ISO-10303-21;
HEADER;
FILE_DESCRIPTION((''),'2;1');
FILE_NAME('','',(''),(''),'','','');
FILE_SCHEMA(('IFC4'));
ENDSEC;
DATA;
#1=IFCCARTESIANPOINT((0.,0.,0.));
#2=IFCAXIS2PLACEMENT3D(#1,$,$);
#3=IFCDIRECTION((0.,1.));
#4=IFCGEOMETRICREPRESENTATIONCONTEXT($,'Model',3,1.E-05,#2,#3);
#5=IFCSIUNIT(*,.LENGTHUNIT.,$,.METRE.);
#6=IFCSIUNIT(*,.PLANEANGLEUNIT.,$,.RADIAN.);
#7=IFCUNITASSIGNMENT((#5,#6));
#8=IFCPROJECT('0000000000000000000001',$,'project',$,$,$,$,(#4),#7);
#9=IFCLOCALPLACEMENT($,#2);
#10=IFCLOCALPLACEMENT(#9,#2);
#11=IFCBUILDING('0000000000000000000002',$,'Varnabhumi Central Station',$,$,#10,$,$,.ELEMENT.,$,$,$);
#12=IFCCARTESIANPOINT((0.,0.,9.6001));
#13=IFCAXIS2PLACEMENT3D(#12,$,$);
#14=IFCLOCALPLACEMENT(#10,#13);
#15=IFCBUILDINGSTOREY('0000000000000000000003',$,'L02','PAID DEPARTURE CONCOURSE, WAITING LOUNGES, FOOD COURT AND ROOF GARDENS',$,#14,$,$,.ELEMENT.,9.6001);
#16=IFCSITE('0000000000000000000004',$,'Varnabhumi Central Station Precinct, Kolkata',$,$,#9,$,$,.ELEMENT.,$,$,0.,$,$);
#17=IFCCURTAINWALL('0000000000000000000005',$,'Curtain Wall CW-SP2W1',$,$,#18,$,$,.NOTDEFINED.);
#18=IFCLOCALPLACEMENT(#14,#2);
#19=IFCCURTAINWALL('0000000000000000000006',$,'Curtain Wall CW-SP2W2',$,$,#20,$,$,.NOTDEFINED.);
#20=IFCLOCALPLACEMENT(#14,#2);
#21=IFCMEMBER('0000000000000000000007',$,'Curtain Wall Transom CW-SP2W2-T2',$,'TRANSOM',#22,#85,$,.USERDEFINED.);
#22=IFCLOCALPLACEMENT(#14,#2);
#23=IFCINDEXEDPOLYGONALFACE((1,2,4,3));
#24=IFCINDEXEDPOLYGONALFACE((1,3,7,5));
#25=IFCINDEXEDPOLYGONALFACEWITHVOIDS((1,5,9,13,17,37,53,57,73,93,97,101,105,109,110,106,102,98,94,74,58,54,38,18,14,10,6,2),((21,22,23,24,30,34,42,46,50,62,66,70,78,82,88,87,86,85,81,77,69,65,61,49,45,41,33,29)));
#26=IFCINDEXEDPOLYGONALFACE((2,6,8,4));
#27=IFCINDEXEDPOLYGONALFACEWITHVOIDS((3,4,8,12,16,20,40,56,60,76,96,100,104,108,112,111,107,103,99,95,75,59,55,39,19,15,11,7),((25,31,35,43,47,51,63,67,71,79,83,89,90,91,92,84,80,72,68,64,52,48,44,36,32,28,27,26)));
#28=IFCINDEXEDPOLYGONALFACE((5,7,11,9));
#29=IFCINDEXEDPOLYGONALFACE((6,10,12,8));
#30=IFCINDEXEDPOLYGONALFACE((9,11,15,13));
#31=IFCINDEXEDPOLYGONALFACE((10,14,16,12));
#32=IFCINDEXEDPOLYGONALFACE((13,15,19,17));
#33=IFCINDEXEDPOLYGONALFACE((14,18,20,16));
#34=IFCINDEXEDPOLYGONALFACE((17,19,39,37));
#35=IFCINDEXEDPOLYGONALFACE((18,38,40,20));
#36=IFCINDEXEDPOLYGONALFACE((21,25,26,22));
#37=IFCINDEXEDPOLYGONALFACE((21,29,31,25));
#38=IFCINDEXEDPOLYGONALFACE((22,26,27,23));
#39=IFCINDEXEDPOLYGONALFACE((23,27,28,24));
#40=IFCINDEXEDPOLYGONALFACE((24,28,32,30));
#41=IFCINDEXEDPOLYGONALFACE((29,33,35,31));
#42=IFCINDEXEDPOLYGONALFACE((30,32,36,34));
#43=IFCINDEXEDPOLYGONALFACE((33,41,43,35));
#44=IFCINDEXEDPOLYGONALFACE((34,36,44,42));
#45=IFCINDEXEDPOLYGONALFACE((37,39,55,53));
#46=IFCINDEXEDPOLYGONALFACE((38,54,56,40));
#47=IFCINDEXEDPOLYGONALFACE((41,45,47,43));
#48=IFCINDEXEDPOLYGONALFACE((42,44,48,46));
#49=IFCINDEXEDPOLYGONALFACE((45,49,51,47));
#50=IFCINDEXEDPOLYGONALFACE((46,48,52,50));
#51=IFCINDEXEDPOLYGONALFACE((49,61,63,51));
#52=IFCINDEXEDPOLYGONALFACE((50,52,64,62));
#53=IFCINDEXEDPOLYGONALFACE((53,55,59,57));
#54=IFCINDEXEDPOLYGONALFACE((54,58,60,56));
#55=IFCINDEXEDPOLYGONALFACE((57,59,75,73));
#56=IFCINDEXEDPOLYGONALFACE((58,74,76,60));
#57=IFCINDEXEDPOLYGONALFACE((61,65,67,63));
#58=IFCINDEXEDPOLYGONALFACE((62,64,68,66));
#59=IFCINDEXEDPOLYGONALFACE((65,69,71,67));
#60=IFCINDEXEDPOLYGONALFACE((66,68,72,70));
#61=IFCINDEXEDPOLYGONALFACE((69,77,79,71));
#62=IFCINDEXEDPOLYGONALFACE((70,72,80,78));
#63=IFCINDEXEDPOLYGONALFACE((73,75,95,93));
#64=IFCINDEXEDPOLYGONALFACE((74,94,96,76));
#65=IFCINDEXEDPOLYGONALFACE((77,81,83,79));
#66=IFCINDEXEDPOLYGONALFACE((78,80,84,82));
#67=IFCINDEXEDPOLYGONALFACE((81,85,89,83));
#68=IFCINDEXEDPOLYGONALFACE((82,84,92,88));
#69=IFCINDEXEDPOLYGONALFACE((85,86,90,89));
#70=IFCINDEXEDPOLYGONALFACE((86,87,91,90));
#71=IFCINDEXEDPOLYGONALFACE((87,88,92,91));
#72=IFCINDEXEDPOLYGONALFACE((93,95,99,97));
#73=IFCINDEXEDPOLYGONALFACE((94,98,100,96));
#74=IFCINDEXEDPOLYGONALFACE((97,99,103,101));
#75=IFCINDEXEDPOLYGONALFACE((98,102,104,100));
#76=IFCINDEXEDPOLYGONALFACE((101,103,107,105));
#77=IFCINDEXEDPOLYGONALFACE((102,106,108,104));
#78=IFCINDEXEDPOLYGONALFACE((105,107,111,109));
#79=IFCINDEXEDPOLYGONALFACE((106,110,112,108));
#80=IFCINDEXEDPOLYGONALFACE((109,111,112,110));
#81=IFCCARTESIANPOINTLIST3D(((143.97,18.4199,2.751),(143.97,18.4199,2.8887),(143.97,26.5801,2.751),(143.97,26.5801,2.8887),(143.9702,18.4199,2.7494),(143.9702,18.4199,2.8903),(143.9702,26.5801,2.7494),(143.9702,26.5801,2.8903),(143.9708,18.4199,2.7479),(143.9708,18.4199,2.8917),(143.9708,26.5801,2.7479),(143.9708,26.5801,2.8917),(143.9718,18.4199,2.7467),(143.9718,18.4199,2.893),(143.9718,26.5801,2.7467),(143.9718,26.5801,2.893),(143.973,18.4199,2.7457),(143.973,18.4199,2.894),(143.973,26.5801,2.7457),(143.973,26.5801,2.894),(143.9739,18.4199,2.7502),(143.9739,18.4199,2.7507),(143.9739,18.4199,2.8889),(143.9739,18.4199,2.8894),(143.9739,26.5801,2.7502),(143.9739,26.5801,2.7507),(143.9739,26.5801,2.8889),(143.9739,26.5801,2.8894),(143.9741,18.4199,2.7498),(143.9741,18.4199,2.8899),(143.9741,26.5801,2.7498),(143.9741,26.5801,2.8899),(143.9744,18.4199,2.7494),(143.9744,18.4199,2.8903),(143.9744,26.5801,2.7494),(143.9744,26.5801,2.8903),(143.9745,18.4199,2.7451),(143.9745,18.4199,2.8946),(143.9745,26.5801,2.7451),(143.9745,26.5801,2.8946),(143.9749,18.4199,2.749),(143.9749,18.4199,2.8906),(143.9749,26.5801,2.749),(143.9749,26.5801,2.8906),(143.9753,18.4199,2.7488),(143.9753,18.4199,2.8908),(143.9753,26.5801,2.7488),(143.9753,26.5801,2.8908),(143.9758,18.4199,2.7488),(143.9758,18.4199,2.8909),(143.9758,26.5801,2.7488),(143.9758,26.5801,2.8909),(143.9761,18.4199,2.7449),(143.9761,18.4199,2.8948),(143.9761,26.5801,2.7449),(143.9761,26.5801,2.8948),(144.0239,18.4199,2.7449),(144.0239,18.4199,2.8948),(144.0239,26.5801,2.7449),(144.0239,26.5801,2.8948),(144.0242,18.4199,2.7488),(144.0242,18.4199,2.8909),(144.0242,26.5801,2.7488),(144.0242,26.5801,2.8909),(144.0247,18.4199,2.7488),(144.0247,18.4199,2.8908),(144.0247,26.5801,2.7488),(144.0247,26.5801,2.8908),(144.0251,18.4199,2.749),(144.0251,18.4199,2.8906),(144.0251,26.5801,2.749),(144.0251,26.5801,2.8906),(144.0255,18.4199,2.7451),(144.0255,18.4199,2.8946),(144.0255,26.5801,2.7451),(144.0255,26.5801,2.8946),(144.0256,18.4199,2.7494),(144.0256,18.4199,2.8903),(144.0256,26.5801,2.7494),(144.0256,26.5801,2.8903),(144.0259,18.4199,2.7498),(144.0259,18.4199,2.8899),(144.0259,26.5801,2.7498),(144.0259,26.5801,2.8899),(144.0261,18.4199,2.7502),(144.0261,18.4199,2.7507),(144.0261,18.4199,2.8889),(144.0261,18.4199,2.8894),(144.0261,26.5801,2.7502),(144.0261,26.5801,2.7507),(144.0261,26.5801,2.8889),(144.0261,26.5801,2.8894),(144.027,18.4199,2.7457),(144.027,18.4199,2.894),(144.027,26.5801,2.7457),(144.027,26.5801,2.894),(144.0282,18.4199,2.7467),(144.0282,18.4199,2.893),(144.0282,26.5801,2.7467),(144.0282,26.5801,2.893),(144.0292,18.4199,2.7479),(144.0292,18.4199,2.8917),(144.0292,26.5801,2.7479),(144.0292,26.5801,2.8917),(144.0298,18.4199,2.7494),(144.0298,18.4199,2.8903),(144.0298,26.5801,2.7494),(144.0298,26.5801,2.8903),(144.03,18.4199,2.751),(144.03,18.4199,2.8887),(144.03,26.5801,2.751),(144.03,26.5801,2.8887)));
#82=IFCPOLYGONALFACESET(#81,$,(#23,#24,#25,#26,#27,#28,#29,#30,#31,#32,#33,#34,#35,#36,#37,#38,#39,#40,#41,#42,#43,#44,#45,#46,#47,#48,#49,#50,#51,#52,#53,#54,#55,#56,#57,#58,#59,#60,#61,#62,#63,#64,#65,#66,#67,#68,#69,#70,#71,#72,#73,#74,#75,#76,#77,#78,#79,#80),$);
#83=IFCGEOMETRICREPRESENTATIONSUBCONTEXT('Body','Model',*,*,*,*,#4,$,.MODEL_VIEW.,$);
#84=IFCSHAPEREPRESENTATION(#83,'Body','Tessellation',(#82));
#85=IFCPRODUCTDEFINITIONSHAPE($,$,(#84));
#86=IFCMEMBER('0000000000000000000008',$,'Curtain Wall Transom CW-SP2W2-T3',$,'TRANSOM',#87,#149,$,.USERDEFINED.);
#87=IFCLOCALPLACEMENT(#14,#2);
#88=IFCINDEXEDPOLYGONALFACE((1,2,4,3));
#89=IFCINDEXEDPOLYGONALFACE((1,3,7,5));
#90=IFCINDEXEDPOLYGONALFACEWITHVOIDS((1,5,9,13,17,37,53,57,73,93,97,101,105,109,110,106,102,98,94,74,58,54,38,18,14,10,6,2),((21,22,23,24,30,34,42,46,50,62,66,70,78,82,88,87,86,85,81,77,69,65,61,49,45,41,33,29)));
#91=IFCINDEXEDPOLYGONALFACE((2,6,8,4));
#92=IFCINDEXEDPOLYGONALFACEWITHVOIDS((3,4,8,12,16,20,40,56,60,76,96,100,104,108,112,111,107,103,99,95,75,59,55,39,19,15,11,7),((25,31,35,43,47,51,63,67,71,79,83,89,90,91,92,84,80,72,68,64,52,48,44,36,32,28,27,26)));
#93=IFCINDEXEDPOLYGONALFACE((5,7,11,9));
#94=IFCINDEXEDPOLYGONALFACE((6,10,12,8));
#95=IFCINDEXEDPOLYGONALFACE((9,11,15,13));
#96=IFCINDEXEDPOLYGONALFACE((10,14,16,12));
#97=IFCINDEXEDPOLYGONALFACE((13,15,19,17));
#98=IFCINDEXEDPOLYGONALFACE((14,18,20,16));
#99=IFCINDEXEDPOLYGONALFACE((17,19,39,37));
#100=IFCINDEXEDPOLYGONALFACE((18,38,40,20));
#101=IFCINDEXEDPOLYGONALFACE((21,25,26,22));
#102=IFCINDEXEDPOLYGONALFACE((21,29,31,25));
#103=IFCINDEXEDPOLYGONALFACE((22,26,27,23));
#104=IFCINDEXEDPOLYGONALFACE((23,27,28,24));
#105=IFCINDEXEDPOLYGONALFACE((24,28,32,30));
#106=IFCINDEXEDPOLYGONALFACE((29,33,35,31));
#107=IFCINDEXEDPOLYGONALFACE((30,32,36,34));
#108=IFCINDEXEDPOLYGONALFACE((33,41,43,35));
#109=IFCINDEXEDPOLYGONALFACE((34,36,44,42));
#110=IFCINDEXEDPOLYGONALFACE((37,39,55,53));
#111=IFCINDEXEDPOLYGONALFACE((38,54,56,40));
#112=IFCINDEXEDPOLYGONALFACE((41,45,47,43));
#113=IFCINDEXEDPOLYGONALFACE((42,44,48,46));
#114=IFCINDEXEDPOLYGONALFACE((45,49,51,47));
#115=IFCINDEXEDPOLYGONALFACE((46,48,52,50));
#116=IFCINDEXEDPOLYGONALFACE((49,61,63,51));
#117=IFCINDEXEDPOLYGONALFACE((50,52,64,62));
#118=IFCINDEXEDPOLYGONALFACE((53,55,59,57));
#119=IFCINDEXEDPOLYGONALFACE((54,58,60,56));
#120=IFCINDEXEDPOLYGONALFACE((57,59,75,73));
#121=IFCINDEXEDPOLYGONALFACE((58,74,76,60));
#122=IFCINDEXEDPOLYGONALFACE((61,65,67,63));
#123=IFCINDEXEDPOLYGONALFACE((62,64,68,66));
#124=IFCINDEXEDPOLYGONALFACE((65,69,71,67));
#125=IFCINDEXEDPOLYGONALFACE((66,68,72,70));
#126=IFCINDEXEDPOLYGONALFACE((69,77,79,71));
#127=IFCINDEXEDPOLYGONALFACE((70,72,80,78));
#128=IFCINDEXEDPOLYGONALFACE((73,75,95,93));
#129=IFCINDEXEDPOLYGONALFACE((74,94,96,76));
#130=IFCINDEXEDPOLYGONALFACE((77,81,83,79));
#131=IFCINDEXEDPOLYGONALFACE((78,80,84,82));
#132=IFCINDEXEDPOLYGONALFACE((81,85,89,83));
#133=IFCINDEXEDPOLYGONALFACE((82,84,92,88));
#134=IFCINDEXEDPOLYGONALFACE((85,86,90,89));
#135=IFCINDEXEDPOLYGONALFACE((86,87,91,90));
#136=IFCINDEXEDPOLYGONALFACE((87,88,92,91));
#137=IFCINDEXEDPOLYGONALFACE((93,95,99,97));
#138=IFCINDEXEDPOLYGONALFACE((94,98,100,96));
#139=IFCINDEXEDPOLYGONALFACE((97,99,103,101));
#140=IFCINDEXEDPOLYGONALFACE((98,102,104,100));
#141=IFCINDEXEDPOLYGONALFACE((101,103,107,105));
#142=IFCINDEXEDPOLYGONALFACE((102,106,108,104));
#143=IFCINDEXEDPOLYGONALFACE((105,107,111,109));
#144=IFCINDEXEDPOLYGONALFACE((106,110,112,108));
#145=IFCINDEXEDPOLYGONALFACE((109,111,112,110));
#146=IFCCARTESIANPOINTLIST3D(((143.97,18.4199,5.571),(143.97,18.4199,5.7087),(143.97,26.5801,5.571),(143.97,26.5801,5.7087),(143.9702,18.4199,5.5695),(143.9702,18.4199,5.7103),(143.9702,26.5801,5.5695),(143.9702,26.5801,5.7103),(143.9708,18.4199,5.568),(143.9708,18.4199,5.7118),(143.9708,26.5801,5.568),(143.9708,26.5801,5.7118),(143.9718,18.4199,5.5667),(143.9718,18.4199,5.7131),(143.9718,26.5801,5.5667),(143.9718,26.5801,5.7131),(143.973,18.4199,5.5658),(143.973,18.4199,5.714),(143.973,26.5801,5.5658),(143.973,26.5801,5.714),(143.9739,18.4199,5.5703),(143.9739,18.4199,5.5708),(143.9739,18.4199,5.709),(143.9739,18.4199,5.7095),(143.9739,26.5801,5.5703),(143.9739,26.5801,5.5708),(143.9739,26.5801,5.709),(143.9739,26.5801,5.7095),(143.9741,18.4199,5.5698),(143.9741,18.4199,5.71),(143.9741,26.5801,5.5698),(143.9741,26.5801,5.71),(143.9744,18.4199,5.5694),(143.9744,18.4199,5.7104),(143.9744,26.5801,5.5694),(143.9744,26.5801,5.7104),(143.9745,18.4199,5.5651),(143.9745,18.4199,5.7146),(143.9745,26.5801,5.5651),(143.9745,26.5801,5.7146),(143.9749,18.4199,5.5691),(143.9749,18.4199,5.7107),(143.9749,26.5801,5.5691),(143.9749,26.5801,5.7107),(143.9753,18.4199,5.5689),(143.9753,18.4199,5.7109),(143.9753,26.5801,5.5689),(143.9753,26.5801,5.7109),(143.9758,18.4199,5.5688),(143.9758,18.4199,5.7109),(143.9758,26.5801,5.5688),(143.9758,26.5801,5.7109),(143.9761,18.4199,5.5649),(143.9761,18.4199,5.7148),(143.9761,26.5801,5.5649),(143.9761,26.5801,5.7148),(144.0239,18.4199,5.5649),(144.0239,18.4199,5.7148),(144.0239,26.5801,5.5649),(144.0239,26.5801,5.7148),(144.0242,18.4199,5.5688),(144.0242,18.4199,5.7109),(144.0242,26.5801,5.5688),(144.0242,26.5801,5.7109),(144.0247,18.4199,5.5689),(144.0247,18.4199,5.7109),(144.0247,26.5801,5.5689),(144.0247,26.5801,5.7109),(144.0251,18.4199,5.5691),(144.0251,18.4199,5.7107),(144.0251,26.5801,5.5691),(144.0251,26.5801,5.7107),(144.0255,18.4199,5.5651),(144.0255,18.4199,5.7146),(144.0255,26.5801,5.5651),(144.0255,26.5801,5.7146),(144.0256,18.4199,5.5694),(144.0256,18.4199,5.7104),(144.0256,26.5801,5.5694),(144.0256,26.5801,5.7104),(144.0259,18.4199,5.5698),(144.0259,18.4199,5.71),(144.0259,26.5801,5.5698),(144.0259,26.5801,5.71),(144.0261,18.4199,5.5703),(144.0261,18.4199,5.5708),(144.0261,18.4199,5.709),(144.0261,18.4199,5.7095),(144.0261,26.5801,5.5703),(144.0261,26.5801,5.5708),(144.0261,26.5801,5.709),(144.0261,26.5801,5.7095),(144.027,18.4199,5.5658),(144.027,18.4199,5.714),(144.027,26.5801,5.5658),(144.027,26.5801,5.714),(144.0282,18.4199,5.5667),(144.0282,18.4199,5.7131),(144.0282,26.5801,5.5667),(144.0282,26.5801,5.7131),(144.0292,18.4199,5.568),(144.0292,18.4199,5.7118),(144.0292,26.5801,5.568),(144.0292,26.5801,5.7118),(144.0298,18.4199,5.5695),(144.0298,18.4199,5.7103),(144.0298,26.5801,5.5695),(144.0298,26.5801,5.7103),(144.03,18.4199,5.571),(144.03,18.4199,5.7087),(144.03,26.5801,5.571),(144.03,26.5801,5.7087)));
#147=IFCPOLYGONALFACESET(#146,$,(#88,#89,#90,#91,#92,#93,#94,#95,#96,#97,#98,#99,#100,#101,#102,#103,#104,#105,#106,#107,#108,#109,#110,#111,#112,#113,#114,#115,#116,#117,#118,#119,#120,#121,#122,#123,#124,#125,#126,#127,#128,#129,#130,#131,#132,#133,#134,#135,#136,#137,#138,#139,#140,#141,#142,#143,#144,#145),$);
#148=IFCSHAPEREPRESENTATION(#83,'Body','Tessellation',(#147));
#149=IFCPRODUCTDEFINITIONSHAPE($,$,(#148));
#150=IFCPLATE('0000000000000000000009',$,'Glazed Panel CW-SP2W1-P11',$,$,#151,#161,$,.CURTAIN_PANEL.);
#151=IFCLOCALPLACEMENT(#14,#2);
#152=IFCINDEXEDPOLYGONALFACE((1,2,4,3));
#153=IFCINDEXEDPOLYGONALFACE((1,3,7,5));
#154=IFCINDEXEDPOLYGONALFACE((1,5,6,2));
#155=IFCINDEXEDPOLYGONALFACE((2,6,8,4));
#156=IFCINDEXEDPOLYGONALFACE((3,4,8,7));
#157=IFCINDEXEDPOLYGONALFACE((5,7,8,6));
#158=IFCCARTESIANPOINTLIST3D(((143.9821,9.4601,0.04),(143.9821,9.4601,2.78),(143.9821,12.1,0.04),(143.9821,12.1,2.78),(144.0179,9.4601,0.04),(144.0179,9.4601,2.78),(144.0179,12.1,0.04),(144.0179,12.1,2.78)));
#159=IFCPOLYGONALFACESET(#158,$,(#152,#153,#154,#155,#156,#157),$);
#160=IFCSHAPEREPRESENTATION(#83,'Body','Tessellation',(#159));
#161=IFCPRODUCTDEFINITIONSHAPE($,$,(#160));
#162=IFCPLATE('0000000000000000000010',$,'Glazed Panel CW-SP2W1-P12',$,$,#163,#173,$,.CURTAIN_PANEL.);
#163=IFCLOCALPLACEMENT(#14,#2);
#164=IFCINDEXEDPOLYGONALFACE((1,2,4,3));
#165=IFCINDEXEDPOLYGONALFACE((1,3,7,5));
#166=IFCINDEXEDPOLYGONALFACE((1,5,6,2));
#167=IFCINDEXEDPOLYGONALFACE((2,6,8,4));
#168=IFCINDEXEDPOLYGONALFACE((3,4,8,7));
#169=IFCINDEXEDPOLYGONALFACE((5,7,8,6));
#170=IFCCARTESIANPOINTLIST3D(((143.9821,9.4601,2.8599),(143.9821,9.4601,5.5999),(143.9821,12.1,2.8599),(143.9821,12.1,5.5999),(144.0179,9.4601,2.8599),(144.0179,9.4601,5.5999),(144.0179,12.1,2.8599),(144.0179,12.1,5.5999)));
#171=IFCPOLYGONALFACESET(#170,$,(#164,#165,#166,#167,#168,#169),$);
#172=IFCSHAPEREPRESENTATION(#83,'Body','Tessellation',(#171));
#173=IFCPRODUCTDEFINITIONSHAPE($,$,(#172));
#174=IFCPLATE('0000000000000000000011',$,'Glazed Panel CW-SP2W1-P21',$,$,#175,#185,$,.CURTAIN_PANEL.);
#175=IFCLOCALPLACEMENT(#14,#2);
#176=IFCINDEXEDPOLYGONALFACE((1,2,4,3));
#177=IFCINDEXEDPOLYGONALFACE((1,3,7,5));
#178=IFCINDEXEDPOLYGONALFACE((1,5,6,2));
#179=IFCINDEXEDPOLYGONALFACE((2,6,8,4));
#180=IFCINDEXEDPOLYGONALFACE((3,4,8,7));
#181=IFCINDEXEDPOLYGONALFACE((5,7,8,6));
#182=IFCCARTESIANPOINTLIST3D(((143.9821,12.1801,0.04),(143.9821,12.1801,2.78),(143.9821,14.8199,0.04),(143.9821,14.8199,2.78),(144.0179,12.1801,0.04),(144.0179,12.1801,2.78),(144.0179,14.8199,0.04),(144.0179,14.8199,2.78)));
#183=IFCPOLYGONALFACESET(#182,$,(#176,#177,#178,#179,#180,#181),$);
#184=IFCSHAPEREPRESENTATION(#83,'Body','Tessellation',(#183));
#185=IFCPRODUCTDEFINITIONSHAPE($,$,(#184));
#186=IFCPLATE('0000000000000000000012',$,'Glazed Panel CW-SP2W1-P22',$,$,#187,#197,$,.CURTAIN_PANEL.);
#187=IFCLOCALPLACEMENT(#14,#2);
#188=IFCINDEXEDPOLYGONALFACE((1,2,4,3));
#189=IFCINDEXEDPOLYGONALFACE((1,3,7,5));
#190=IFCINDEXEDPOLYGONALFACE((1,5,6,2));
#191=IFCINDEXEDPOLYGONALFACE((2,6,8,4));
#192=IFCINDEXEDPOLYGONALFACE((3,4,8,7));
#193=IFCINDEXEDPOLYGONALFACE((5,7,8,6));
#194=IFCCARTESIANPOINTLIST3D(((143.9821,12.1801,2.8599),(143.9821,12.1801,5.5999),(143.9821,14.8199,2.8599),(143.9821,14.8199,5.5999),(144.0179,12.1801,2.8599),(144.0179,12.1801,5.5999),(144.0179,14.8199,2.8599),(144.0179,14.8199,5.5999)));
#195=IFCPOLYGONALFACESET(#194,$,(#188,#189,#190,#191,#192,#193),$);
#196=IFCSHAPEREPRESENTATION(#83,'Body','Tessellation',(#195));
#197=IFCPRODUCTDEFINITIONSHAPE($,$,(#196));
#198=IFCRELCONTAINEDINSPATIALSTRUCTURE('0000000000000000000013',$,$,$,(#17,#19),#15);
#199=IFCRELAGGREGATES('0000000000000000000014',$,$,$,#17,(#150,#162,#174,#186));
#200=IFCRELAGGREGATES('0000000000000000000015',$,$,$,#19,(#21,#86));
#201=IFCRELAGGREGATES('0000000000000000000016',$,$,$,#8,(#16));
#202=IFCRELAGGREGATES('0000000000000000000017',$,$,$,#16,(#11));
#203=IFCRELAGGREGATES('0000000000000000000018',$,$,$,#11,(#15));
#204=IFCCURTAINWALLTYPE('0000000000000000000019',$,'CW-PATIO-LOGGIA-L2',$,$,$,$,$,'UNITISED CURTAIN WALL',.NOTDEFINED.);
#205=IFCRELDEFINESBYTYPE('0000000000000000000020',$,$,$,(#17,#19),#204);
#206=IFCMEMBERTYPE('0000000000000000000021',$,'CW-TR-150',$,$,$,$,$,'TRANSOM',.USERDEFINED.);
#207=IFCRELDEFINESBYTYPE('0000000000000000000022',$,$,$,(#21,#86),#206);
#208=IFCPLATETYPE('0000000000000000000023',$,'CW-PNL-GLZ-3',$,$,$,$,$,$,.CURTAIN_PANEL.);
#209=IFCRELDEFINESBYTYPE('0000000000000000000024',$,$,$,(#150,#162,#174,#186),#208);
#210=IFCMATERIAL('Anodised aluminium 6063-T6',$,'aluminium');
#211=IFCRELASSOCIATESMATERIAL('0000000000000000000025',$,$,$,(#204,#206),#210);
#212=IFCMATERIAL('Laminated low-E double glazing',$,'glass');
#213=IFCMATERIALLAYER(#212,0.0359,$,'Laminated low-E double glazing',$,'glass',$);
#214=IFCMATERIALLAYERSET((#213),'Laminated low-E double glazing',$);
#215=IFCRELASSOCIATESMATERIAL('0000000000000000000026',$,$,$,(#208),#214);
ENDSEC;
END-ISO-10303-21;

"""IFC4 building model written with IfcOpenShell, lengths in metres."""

from ifc_helpers import new_model, si_unit, direction, frame, origin, origin_2d, place, context, subcontext, project, spatial, rectangle, hollow_rectangle, extrude, material, layer, layer_set, material_profile, profile_set, type_object, element, aggregate, save


model = new_model("IFC4")

# Units and contexts
model_context = context("Model", 3, precision=1e-05, world=origin(), true_north=direction((0.0, 1.0)))
body_context = subcontext(model_context, "Body", "Model", "MODEL_VIEW")
ifc_project = project(units=[si_unit("LENGTHUNIT", "METRE"), si_unit("PLANEANGLEUNIT", "RADIAN")], contexts=[model_context])

# Site, building, storey
site_placement = place(None, origin())
site = spatial("IfcSite", under=ifc_project, at=site_placement, Name="Varnabhumi Central Station Precinct, Kolkata", CompositionType="ELEMENT", RefElevation=0.0)
building_placement = place(site_placement, origin())
building = spatial("IfcBuilding", under=site, at=building_placement, Name="Varnabhumi Central Station", CompositionType="ELEMENT")
storey_placement = place(building_placement, frame((0.0, 0.0, 9.6001)))
storey = spatial("IfcBuildingStorey", under=building, at=storey_placement, Name="L02", Description="PAID DEPARTURE CONCOURSE, WAITING LOUNGES, FOOD COURT AND ROOF GARDENS", CompositionType="ELEMENT", Elevation=9.6001)

# Curtain walls, members
ifc_material_1 = material(Name="Anodised aluminium 6063-T6", Category="aluminium")
curtain_wall_type = type_object("IfcCurtainWallType", Name="CW-PATIO-LOGGIA-L2", ElementType="UNITISED CURTAIN WALL", PredefinedType="NOTDEFINED", material=ifc_material_1)
curtain_wall_1_placement = place(storey_placement, origin())
curtain_wall_1 = element("IfcCurtainWall", 1, at=curtain_wall_1_placement, inside=storey, type_object=curtain_wall_type, Name="Curtain Wall CW-SP2W1", PredefinedType="NOTDEFINED")
curtain_wall_2_placement = place(storey_placement, origin())
curtain_wall_2 = element("IfcCurtainWall", 2, at=curtain_wall_2_placement, inside=storey, type_object=curtain_wall_type, Name="Curtain Wall CW-SP2W2", PredefinedType="NOTDEFINED")
ifc_material_profile_1 = material_profile(ifc_material_1, hollow_rectangle(XDim=0.0601, YDim=0.1499, WallThickness=0.0039, InnerFilletRadius=0.002, OuterFilletRadius=0.0061, at=origin_2d()), Name="Anodised aluminium 6063-T6", Category="aluminium")
ifc_profile_set_1 = profile_set([ifc_material_profile_1], Name="Anodised aluminium 6063-T6")
member_type_1 = type_object("IfcMemberType", Name="CW-TR-150", ElementType="TRANSOM", PredefinedType="USERDEFINED", material=ifc_profile_set_1)
member_1_placement = place(storey_placement, frame((144.0, 18.4199, 2.8198), z_axis=(0.0, 1.0, 0.0), x_axis=(-1.0, 0.0, 0.0)))
member_1 = element("IfcMember", 3, at=member_1_placement, type_object=member_type_1, Name="Curtain Wall Transom CW-SP2W2-T2", ObjectType="TRANSOM", PredefinedType="USERDEFINED", context=body_context, shape_type="SweptSolid", body=[
    extrude(hollow_rectangle(XDim=0.0601, YDim=0.1499, WallThickness=0.0039, InnerFilletRadius=0.002, OuterFilletRadius=0.0061, at=origin_2d()), origin(), (0.0, 0.0, 1.0), 8.1602),
])
member_2_placement = place(storey_placement, frame((144.0, 18.4199, 5.6399), z_axis=(0.0, 1.0, 0.0), x_axis=(-1.0, 0.0, 0.0)))
member_2 = element("IfcMember", 4, at=member_2_placement, type_object=member_type_1, Name="Curtain Wall Transom CW-SP2W2-T3", ObjectType="TRANSOM", PredefinedType="USERDEFINED", context=body_context, shape_type="SweptSolid", body=[
    extrude(hollow_rectangle(XDim=0.0601, YDim=0.1499, WallThickness=0.0039, InnerFilletRadius=0.002, OuterFilletRadius=0.0061, at=origin_2d()), origin(), (0.0, 0.0, 1.0), 8.1602),
])

# Plates
ifc_material_2 = material(Name="Laminated low-E double glazing", Category="glass")
ifc_layer = layer(ifc_material_2, 0.0359, Name="Laminated low-E double glazing", Category="glass")
ifc_layer_set = layer_set([ifc_layer], Name="Laminated low-E double glazing")
plate_type = type_object("IfcPlateType", Name="CW-PNL-GLZ-3", PredefinedType="CURTAIN_PANEL", material=ifc_layer_set)
plate_1_placement = place(storey_placement, frame((144.0, 10.78, 0.04), z_axis=(0.0, 0.0, 1.0), x_axis=(0.0, 1.0, 0.0)))
plate_1 = element("IfcPlate", 5, at=plate_1_placement, type_object=plate_type, Name="Glazed Panel CW-SP2W1-P11", PredefinedType="CURTAIN_PANEL", context=body_context, shape_type="SweptSolid", body=[
    extrude(rectangle(XDim=2.6399, YDim=0.0359, at=origin_2d()), origin(), (0.0, 0.0, 1.0), 2.74),
])
plate_2_placement = place(storey_placement, frame((144.0, 10.78, 2.8599), z_axis=(0.0, 0.0, 1.0), x_axis=(0.0, 1.0, 0.0)))
plate_2 = element("IfcPlate", 6, at=plate_2_placement, type_object=plate_type, Name="Glazed Panel CW-SP2W1-P12", PredefinedType="CURTAIN_PANEL", context=body_context, shape_type="SweptSolid", body=[
    extrude(rectangle(XDim=2.6399, YDim=0.0359, at=origin_2d()), origin(), (0.0, 0.0, 1.0), 2.74),
])
plate_3_placement = place(storey_placement, frame((144.0, 13.5, 0.04), z_axis=(0.0, 0.0, 1.0), x_axis=(0.0, 1.0, 0.0)))
plate_3 = element("IfcPlate", 7, at=plate_3_placement, type_object=plate_type, Name="Glazed Panel CW-SP2W1-P21", PredefinedType="CURTAIN_PANEL", context=body_context, shape_type="SweptSolid", body=[
    extrude(rectangle(XDim=2.6399, YDim=0.0359, at=origin_2d()), origin(), (0.0, 0.0, 1.0), 2.74),
])
plate_4_placement = place(storey_placement, frame((144.0, 13.5, 2.8599), z_axis=(0.0, 0.0, 1.0), x_axis=(0.0, 1.0, 0.0)))
plate_4 = element("IfcPlate", 8, at=plate_4_placement, type_object=plate_type, Name="Glazed Panel CW-SP2W1-P22", PredefinedType="CURTAIN_PANEL", context=body_context, shape_type="SweptSolid", body=[
    extrude(rectangle(XDim=2.6399, YDim=0.0359, at=origin_2d()), origin(), (0.0, 0.0, 1.0), 2.74),
])
aggregate(curtain_wall_1, [plate_1, plate_2, plate_3, plate_4])
aggregate(curtain_wall_2, [member_1, member_2])

save(model, "model.ifc")
